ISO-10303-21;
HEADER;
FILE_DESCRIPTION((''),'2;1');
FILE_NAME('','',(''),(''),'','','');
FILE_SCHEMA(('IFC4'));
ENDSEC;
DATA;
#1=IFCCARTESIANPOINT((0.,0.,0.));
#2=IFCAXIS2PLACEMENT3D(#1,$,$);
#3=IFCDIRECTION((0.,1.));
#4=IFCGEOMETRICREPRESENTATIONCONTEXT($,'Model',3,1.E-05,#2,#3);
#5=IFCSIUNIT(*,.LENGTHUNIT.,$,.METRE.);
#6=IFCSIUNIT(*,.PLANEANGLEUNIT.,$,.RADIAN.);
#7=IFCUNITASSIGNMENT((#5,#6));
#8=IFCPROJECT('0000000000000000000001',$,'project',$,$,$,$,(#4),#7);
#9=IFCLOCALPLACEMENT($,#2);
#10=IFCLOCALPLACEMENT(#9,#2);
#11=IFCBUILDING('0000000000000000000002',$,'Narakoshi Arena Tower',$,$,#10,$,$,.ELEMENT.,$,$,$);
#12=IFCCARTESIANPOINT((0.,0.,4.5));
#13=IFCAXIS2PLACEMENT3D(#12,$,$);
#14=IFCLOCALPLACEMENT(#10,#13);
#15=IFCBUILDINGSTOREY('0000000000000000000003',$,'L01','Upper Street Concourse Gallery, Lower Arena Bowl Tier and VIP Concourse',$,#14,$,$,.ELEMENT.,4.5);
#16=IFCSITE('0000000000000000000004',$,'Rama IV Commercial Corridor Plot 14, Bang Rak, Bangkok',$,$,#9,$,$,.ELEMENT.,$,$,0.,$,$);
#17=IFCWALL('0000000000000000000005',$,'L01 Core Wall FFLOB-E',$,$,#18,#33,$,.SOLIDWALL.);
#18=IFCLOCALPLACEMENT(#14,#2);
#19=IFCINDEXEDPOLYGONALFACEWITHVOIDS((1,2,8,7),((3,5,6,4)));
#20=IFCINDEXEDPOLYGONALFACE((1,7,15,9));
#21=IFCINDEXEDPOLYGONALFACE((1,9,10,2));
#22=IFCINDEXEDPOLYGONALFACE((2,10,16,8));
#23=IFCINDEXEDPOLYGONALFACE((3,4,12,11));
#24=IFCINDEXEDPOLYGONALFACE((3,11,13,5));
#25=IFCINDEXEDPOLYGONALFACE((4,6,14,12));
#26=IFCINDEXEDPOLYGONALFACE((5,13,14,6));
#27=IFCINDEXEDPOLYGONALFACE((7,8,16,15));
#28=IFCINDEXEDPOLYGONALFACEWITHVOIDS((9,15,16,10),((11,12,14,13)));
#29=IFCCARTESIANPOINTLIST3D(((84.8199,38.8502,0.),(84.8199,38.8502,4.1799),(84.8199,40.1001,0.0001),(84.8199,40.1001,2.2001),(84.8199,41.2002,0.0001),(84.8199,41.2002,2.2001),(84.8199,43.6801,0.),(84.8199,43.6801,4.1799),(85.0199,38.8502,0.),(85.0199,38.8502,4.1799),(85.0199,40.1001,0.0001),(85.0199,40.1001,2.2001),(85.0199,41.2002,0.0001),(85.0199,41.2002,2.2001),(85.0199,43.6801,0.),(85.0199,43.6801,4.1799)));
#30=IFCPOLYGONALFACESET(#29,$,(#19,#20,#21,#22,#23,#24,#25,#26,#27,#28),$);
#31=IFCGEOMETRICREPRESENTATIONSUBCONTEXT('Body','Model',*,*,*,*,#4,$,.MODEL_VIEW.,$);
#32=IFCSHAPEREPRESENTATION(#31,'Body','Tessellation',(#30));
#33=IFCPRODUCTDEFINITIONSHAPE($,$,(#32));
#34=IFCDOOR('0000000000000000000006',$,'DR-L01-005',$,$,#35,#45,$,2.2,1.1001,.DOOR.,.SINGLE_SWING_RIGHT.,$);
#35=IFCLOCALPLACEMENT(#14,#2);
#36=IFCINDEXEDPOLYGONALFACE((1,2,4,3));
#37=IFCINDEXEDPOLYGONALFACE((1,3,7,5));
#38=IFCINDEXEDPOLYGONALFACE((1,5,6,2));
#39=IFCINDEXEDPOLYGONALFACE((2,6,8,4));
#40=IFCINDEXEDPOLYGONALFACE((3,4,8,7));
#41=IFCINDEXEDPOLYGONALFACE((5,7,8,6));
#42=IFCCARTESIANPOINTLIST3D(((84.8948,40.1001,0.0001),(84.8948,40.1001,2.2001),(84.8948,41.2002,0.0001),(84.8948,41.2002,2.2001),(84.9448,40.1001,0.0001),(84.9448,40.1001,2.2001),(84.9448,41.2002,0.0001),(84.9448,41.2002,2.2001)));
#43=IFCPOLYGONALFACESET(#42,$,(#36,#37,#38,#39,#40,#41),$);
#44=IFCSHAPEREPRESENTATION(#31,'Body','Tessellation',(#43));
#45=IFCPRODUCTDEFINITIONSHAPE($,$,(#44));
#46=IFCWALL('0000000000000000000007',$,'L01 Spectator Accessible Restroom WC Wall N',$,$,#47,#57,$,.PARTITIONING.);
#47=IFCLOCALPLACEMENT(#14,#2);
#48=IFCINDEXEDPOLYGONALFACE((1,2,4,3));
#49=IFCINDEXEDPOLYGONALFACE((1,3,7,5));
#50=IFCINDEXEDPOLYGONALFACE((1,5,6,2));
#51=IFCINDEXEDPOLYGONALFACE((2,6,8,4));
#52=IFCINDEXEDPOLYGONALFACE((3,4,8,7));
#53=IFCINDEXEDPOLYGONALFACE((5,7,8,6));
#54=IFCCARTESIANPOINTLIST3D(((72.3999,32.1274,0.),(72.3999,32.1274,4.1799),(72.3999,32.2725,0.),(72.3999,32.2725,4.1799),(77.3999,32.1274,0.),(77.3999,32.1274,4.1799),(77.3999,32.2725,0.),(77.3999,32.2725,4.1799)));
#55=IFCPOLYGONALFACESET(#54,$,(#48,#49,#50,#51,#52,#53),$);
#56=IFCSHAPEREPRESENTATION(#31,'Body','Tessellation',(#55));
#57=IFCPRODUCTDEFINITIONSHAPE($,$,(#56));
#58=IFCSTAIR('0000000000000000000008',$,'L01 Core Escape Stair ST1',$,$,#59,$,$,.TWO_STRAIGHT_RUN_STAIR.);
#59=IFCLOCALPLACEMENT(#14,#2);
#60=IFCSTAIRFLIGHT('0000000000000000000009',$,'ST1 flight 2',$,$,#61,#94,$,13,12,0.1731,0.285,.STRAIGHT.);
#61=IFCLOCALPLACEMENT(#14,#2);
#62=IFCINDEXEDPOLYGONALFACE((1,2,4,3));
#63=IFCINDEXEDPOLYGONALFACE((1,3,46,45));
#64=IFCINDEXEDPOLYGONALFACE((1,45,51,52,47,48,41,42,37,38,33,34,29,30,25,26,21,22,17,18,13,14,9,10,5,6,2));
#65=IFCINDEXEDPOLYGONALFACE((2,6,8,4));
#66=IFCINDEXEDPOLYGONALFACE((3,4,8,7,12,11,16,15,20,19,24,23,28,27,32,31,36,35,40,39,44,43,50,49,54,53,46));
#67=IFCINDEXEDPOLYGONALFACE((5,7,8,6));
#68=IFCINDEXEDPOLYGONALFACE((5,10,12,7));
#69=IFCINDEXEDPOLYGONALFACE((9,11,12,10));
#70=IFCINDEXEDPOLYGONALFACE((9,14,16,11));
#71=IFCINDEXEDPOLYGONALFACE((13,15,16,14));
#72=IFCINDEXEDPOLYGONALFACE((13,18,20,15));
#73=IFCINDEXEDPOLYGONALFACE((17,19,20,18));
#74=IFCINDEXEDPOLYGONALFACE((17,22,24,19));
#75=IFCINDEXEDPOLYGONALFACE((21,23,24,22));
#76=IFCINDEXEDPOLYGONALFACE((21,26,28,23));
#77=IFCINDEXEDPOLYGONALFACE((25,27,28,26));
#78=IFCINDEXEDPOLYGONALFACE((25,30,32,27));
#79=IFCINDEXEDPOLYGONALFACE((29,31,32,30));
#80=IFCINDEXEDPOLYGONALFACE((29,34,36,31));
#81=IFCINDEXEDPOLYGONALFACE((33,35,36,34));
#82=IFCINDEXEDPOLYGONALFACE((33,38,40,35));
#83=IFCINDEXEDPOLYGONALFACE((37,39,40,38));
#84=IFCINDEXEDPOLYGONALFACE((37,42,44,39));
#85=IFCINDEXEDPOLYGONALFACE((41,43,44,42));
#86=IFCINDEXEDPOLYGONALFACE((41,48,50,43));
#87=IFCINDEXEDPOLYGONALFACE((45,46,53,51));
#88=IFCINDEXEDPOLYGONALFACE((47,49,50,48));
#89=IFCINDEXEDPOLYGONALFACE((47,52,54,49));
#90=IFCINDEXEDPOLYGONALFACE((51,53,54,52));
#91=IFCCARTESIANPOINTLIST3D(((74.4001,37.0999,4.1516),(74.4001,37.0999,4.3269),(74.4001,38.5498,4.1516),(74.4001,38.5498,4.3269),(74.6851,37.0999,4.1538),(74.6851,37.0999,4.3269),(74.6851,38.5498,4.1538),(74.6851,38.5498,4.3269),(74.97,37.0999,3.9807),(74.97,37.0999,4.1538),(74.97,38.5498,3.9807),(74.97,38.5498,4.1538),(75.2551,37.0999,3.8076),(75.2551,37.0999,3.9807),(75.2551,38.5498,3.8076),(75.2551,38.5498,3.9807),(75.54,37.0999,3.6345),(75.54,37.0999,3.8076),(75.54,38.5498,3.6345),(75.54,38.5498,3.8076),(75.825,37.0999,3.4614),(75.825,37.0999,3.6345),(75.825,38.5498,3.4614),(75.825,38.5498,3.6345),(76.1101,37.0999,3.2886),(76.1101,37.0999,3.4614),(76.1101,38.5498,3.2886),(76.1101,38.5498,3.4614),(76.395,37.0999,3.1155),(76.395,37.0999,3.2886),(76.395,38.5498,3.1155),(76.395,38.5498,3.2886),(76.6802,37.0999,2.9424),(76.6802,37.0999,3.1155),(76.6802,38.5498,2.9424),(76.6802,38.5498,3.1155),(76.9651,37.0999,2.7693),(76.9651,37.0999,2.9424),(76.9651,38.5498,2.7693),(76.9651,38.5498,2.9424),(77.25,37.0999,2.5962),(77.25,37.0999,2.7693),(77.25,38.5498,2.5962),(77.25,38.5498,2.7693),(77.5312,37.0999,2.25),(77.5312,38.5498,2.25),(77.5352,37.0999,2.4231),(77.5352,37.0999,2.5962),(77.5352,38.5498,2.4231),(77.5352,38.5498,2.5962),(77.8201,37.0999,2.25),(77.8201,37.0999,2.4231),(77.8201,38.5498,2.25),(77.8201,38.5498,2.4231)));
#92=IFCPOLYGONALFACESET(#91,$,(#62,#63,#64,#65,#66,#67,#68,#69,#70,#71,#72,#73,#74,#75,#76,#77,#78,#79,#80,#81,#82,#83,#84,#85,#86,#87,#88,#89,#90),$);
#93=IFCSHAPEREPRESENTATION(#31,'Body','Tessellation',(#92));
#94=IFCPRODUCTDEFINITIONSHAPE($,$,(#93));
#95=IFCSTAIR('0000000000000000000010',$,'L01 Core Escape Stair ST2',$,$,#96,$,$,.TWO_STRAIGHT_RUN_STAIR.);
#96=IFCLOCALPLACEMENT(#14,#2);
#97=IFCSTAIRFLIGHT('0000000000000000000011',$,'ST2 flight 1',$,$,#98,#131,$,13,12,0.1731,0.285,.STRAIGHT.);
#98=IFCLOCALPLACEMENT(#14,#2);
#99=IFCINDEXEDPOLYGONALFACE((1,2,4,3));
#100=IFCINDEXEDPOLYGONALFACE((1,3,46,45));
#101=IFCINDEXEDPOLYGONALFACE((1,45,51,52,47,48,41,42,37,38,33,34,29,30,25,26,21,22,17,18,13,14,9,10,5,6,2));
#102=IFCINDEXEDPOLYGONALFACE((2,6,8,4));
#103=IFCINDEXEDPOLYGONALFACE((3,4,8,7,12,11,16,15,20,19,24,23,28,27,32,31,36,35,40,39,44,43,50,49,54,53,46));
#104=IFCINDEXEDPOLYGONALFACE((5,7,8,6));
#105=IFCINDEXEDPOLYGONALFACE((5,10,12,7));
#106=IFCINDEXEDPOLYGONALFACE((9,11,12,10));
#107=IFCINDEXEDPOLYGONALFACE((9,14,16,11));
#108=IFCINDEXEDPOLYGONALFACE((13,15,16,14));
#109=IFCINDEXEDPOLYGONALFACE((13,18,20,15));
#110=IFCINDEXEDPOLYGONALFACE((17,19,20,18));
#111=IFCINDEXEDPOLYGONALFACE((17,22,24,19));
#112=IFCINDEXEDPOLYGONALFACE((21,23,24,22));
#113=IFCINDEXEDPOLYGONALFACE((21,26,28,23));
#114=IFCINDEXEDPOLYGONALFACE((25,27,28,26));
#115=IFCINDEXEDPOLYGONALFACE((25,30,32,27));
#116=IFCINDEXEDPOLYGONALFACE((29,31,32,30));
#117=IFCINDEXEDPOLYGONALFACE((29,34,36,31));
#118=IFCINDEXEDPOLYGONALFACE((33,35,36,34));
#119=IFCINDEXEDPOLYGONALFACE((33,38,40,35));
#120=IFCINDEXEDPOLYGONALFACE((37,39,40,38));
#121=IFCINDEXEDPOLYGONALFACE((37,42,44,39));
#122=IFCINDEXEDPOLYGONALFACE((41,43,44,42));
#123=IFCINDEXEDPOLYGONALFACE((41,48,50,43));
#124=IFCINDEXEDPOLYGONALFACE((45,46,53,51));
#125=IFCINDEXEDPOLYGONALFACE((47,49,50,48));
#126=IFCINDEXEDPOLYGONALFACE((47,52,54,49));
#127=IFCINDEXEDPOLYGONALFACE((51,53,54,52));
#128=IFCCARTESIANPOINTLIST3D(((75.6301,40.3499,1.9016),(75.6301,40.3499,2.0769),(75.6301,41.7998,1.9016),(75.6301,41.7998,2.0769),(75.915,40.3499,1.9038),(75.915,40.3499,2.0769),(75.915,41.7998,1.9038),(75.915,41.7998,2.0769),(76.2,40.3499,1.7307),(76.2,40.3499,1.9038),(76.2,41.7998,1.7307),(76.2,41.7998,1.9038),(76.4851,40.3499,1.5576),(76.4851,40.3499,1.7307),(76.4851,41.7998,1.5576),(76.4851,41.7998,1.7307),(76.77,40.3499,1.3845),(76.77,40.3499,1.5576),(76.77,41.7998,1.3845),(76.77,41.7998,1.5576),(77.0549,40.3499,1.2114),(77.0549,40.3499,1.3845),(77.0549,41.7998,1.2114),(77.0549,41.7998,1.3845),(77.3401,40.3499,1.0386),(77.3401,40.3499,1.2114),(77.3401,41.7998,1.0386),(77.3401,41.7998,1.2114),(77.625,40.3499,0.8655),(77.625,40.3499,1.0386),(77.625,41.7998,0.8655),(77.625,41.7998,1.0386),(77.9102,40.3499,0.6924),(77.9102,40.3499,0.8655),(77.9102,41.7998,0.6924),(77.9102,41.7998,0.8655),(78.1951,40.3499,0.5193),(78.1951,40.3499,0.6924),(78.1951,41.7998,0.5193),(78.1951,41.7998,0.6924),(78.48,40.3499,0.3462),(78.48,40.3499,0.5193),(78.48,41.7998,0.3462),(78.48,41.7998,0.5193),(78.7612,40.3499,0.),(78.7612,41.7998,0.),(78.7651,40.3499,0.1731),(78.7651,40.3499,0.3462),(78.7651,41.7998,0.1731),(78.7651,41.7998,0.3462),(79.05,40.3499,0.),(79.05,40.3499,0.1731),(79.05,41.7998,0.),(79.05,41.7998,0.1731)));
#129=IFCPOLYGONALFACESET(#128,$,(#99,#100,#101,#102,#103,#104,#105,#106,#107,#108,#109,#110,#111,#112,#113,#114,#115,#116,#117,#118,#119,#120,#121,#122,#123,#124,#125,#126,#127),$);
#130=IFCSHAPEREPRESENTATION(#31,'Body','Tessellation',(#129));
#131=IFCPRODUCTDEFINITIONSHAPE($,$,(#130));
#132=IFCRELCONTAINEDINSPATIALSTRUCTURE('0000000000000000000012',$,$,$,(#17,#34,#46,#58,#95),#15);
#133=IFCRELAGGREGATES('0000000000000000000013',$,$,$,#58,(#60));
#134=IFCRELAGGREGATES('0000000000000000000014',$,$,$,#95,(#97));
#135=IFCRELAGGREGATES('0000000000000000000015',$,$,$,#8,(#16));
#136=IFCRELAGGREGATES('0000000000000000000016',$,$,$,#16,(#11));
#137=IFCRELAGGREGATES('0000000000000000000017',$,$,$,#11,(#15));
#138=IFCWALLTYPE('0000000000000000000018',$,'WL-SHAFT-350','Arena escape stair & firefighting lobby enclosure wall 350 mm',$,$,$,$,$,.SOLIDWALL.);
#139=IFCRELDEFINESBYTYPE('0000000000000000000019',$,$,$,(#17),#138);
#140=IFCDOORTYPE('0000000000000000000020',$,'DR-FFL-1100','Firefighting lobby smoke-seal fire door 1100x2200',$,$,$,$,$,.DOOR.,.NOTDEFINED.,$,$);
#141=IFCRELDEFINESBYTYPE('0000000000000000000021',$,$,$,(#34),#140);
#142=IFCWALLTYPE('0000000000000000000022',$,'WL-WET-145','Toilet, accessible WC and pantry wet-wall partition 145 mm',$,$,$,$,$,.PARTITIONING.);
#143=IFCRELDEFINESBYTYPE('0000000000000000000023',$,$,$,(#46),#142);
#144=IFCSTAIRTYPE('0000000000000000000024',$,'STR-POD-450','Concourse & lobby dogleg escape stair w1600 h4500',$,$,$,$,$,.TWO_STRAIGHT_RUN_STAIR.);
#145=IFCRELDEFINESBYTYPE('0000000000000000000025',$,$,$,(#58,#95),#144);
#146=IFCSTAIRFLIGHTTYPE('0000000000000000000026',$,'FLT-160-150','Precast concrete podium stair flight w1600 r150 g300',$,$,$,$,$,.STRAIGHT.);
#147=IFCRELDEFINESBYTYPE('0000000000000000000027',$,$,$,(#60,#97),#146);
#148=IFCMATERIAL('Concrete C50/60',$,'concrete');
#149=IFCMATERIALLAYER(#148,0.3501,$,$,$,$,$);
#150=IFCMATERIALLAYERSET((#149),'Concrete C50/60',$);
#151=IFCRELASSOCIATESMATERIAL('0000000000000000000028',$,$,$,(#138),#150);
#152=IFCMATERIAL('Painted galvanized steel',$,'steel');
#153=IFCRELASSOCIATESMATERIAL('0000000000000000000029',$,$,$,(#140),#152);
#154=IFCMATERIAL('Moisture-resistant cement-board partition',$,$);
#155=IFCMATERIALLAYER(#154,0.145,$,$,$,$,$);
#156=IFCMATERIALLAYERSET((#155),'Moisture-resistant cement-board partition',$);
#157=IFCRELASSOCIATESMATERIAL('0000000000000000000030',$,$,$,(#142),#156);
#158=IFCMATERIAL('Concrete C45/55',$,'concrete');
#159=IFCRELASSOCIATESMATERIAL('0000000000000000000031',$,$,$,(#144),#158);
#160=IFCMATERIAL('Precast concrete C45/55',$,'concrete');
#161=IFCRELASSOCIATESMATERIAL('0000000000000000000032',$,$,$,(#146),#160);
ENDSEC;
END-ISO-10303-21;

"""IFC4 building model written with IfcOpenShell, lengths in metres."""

from ifc_helpers import new_model, si_unit, direction, frame, frame_2d, origin, place, context, subcontext, project, spatial, polyline, rectangle, outline, extrude, material, layer, layer_set, type_object, element, fill, aggregate, save


model = new_model("IFC4")

# Units and contexts
model_context = context("Model", 3, precision=1e-05, world=origin(), true_north=direction((0.0, 1.0)))
body_context = subcontext(model_context, "Body", "Model", "MODEL_VIEW")
ifc_project = project(units=[si_unit("LENGTHUNIT", "METRE"), si_unit("PLANEANGLEUNIT", "RADIAN")], contexts=[model_context])

# Site, building, storey
site_placement = place(None, origin())
site = spatial("IfcSite", under=ifc_project, at=site_placement, Name="Rama IV Commercial Corridor Plot 14, Bang Rak, Bangkok", CompositionType="ELEMENT", RefElevation=0.0)
building_placement = place(site_placement, origin())
building = spatial("IfcBuilding", under=site, at=building_placement, Name="Narakoshi Arena Tower", CompositionType="ELEMENT")
storey_placement = place(building_placement, frame((0.0, 0.0, 4.5)))
storey = spatial("IfcBuildingStorey", under=building, at=storey_placement, Name="L01", Description="Upper Street Concourse Gallery, Lower Arena Bowl Tier and VIP Concourse", CompositionType="ELEMENT", Elevation=4.5)

# Shared definitions
ifc_material_1 = material(Name="Concrete C50/60", Category="concrete")
ifc_layer_1 = layer(ifc_material_1, 0.3501)
ifc_layer_set_1 = layer_set([ifc_layer_1], Name="Concrete C50/60")
wall_type_1 = type_object("IfcWallType", Name="WL-SHAFT-350", Description="Arena escape stair & firefighting lobby enclosure wall 350 mm", PredefinedType="SOLIDWALL", material=ifc_layer_set_1)

# Shared definitions
ifc_material_2 = material(Name="Painted galvanized steel", Category="steel")

# Wall, opening, door
wall_1_placement = place(storey_placement, frame((84.9199, 38.8501, 0.0), z_axis=(0.0, 0.0, 1.0), x_axis=(0.0, 1.0, 0.0)))
wall_1 = element("IfcWall", 1, at=wall_1_placement, inside=storey, type_object=wall_type_1, Name="L01 Core Wall FFLOB-E", PredefinedType="SOLIDWALL", context=body_context, shape_type="SweptSolid", body=[
    extrude(rectangle(XDim=4.8298, YDim=0.2, at=frame_2d((2.415, 0.0))), origin(), (0.0, 0.0, 1.0), 4.1799),
])
opening_1_placement = place(wall_1_placement, frame((1.25, 0.0, 0.0)))
opening_1 = element("IfcOpeningElement", 2, at=opening_1_placement, cuts=wall_1, PredefinedType="OPENING", context=body_context, shape_type="SweptSolid", body=[
    extrude(rectangle(XDim=1.1001, YDim=2.2, at=frame_2d((0.55, 1.1001))), frame((0.0, 0.1099, 0.0), z_axis=(0.0, -1.0, 0.0), x_axis=(1.0, 0.0, 0.0)), (0.0, 0.0, 1.0), 0.22),
])
door_type_1 = type_object("IfcDoorType", Name="DR-FFL-1100", Description="Firefighting lobby smoke-seal fire door 1100x2200", OperationType="NOTDEFINED", PredefinedType="DOOR", material=ifc_material_2)
door_1_placement = place(opening_1_placement, frame((1.1001, 0.0, 0.0), z_axis=(0.0, 0.0, 1.0), x_axis=(-1.0, 0.0, 0.0)))
door_1 = element("IfcDoor", 3, at=door_1_placement, inside=storey, type_object=door_type_1, Name="DR-L01-005", OperationType="SINGLE_SWING_RIGHT", OverallHeight=2.2, OverallWidth=1.1001, PredefinedType="DOOR", context=body_context, shape_type="SweptSolid", body=[
    extrude(rectangle(XDim=1.1001, YDim=2.2, at=frame_2d((0.55, 1.1001))), frame((0.0, 0.0249, 0.0), z_axis=(0.0, -1.0, 0.0), x_axis=(1.0, 0.0, 0.0)), (0.0, 0.0, 1.0), 0.05),
])
fill(opening_1, door_1)

# Wall
ifc_material_3 = material(Name="Moisture-resistant cement-board partition")
ifc_layer_2 = layer(ifc_material_3, 0.145)
ifc_layer_set_2 = layer_set([ifc_layer_2], Name="Moisture-resistant cement-board partition")
wall_type_2 = type_object("IfcWallType", Name="WL-WET-145", Description="Toilet, accessible WC and pantry wet-wall partition 145 mm", PredefinedType="PARTITIONING", material=ifc_layer_set_2)
wall_2_placement = place(storey_placement, frame((77.3999, 32.2, 0.0), z_axis=(0.0, 0.0, 1.0), x_axis=(-1.0, 0.0, 0.0)))
element("IfcWall", 4, at=wall_2_placement, inside=storey, type_object=wall_type_2, Name="L01 Spectator Accessible Restroom WC Wall N", PredefinedType="PARTITIONING", context=body_context, shape_type="SweptSolid", body=[
    extrude(rectangle(XDim=5.0, YDim=0.145, at=frame_2d((2.5, 0.0))), origin(), (0.0, 0.0, 1.0), 4.1799),
])

# Stairs, stair flights
ifc_material_4 = material(Name="Concrete C45/55", Category="concrete")
stair_type = type_object("IfcStairType", Name="STR-POD-450", Description="Concourse & lobby dogleg escape stair w1600 h4500", PredefinedType="TWO_STRAIGHT_RUN_STAIR", material=ifc_material_4)
stair_1_placement = place(storey_placement, origin())
stair_1 = element("IfcStair", 5, at=stair_1_placement, inside=storey, type_object=stair_type, Name="L01 Core Escape Stair ST1", PredefinedType="TWO_STRAIGHT_RUN_STAIR")
ifc_material_5 = material(Name="Precast concrete C45/55", Category="concrete")
stair_flight_type = type_object("IfcStairFlightType", Name="FLT-160-150", Description="Precast concrete podium stair flight w1600 r150 g300", PredefinedType="STRAIGHT", material=ifc_material_5)
stair_flight_1_placement = place(storey_placement, frame((77.8201, 37.825, 2.25), z_axis=(0.0, 0.0, 1.0), x_axis=(-1.0, 0.0, 0.0)))
stair_flight_1 = element("IfcStairFlight", 6, at=stair_flight_1_placement, type_object=stair_flight_type, Name="ST1 flight 2", NumberOfRisers=13, NumberOfTreads=12, PredefinedType="STRAIGHT", RiserHeight=0.1731, TreadLength=0.285, context=body_context, shape_type="SweptSolid", body=[
    extrude(outline(polyline([(0.0, 0.0), (0.0, 0.1731), (0.2849, 0.1731), (0.2849, 0.3462), (0.5701, 0.3462), (0.5701, 0.5193), (0.855, 0.5193), (0.855, 0.6924), (1.1399, 0.6924), (1.1399, 0.8655), (1.425, 0.8655), (1.425, 1.0386), (1.71, 1.0386), (1.71, 1.2114), (1.9951, 1.2114), (1.9951, 1.3845), (2.28, 1.3845), (2.28, 1.5576), (2.5649, 1.5576), (2.5649, 1.7307), (2.8501, 1.7307), (2.8501, 1.9038), (3.135, 1.9038), (3.135, 2.0769), (3.4199, 2.0769), (3.4199, 2.25), (3.4199, 1.9016), (0.2888, 0.0), (0.0, 0.0)])), frame((0.0, 0.7251, 0.0), z_axis=(0.0, -1.0, 0.0), x_axis=(1.0, 0.0, 0.0)), (0.0, 0.0, 1.0), 1.45),
])
aggregate(stair_1, [stair_flight_1])
stair_2_placement = place(storey_placement, origin())
stair_2 = element("IfcStair", 7, at=stair_2_placement, inside=storey, type_object=stair_type, Name="L01 Core Escape Stair ST2", PredefinedType="TWO_STRAIGHT_RUN_STAIR")
stair_flight_2_placement = place(storey_placement, frame((79.05, 41.075, 0.0), z_axis=(0.0, 0.0, 1.0), x_axis=(-1.0, 0.0, 0.0)))
stair_flight_2 = element("IfcStairFlight", 8, at=stair_flight_2_placement, type_object=stair_flight_type, Name="ST2 flight 1", NumberOfRisers=13, NumberOfTreads=12, PredefinedType="STRAIGHT", RiserHeight=0.1731, TreadLength=0.285, context=body_context, shape_type="SweptSolid", body=[
    extrude(outline(polyline([(0.0, 0.0), (0.0, 0.1731), (0.2849, 0.1731), (0.2849, 0.3462), (0.5701, 0.3462), (0.5701, 0.5193), (0.855, 0.5193), (0.855, 0.6924), (1.1399, 0.6924), (1.1399, 0.8655), (1.425, 0.8655), (1.425, 1.0386), (1.71, 1.0386), (1.71, 1.2114), (1.9951, 1.2114), (1.9951, 1.3845), (2.28, 1.3845), (2.28, 1.5576), (2.5649, 1.5576), (2.5649, 1.7307), (2.8501, 1.7307), (2.8501, 1.9038), (3.135, 1.9038), (3.135, 2.0769), (3.4199, 2.0769), (3.4199, 2.25), (3.4199, 1.9016), (0.2888, 0.0), (0.0, 0.0)])), frame((0.0, 0.7251, 0.0), z_axis=(0.0, -1.0, 0.0), x_axis=(1.0, 0.0, 0.0)), (0.0, 0.0, 1.0), 1.45),
])
aggregate(stair_2, [stair_flight_2])

save(model, "model.ifc")
